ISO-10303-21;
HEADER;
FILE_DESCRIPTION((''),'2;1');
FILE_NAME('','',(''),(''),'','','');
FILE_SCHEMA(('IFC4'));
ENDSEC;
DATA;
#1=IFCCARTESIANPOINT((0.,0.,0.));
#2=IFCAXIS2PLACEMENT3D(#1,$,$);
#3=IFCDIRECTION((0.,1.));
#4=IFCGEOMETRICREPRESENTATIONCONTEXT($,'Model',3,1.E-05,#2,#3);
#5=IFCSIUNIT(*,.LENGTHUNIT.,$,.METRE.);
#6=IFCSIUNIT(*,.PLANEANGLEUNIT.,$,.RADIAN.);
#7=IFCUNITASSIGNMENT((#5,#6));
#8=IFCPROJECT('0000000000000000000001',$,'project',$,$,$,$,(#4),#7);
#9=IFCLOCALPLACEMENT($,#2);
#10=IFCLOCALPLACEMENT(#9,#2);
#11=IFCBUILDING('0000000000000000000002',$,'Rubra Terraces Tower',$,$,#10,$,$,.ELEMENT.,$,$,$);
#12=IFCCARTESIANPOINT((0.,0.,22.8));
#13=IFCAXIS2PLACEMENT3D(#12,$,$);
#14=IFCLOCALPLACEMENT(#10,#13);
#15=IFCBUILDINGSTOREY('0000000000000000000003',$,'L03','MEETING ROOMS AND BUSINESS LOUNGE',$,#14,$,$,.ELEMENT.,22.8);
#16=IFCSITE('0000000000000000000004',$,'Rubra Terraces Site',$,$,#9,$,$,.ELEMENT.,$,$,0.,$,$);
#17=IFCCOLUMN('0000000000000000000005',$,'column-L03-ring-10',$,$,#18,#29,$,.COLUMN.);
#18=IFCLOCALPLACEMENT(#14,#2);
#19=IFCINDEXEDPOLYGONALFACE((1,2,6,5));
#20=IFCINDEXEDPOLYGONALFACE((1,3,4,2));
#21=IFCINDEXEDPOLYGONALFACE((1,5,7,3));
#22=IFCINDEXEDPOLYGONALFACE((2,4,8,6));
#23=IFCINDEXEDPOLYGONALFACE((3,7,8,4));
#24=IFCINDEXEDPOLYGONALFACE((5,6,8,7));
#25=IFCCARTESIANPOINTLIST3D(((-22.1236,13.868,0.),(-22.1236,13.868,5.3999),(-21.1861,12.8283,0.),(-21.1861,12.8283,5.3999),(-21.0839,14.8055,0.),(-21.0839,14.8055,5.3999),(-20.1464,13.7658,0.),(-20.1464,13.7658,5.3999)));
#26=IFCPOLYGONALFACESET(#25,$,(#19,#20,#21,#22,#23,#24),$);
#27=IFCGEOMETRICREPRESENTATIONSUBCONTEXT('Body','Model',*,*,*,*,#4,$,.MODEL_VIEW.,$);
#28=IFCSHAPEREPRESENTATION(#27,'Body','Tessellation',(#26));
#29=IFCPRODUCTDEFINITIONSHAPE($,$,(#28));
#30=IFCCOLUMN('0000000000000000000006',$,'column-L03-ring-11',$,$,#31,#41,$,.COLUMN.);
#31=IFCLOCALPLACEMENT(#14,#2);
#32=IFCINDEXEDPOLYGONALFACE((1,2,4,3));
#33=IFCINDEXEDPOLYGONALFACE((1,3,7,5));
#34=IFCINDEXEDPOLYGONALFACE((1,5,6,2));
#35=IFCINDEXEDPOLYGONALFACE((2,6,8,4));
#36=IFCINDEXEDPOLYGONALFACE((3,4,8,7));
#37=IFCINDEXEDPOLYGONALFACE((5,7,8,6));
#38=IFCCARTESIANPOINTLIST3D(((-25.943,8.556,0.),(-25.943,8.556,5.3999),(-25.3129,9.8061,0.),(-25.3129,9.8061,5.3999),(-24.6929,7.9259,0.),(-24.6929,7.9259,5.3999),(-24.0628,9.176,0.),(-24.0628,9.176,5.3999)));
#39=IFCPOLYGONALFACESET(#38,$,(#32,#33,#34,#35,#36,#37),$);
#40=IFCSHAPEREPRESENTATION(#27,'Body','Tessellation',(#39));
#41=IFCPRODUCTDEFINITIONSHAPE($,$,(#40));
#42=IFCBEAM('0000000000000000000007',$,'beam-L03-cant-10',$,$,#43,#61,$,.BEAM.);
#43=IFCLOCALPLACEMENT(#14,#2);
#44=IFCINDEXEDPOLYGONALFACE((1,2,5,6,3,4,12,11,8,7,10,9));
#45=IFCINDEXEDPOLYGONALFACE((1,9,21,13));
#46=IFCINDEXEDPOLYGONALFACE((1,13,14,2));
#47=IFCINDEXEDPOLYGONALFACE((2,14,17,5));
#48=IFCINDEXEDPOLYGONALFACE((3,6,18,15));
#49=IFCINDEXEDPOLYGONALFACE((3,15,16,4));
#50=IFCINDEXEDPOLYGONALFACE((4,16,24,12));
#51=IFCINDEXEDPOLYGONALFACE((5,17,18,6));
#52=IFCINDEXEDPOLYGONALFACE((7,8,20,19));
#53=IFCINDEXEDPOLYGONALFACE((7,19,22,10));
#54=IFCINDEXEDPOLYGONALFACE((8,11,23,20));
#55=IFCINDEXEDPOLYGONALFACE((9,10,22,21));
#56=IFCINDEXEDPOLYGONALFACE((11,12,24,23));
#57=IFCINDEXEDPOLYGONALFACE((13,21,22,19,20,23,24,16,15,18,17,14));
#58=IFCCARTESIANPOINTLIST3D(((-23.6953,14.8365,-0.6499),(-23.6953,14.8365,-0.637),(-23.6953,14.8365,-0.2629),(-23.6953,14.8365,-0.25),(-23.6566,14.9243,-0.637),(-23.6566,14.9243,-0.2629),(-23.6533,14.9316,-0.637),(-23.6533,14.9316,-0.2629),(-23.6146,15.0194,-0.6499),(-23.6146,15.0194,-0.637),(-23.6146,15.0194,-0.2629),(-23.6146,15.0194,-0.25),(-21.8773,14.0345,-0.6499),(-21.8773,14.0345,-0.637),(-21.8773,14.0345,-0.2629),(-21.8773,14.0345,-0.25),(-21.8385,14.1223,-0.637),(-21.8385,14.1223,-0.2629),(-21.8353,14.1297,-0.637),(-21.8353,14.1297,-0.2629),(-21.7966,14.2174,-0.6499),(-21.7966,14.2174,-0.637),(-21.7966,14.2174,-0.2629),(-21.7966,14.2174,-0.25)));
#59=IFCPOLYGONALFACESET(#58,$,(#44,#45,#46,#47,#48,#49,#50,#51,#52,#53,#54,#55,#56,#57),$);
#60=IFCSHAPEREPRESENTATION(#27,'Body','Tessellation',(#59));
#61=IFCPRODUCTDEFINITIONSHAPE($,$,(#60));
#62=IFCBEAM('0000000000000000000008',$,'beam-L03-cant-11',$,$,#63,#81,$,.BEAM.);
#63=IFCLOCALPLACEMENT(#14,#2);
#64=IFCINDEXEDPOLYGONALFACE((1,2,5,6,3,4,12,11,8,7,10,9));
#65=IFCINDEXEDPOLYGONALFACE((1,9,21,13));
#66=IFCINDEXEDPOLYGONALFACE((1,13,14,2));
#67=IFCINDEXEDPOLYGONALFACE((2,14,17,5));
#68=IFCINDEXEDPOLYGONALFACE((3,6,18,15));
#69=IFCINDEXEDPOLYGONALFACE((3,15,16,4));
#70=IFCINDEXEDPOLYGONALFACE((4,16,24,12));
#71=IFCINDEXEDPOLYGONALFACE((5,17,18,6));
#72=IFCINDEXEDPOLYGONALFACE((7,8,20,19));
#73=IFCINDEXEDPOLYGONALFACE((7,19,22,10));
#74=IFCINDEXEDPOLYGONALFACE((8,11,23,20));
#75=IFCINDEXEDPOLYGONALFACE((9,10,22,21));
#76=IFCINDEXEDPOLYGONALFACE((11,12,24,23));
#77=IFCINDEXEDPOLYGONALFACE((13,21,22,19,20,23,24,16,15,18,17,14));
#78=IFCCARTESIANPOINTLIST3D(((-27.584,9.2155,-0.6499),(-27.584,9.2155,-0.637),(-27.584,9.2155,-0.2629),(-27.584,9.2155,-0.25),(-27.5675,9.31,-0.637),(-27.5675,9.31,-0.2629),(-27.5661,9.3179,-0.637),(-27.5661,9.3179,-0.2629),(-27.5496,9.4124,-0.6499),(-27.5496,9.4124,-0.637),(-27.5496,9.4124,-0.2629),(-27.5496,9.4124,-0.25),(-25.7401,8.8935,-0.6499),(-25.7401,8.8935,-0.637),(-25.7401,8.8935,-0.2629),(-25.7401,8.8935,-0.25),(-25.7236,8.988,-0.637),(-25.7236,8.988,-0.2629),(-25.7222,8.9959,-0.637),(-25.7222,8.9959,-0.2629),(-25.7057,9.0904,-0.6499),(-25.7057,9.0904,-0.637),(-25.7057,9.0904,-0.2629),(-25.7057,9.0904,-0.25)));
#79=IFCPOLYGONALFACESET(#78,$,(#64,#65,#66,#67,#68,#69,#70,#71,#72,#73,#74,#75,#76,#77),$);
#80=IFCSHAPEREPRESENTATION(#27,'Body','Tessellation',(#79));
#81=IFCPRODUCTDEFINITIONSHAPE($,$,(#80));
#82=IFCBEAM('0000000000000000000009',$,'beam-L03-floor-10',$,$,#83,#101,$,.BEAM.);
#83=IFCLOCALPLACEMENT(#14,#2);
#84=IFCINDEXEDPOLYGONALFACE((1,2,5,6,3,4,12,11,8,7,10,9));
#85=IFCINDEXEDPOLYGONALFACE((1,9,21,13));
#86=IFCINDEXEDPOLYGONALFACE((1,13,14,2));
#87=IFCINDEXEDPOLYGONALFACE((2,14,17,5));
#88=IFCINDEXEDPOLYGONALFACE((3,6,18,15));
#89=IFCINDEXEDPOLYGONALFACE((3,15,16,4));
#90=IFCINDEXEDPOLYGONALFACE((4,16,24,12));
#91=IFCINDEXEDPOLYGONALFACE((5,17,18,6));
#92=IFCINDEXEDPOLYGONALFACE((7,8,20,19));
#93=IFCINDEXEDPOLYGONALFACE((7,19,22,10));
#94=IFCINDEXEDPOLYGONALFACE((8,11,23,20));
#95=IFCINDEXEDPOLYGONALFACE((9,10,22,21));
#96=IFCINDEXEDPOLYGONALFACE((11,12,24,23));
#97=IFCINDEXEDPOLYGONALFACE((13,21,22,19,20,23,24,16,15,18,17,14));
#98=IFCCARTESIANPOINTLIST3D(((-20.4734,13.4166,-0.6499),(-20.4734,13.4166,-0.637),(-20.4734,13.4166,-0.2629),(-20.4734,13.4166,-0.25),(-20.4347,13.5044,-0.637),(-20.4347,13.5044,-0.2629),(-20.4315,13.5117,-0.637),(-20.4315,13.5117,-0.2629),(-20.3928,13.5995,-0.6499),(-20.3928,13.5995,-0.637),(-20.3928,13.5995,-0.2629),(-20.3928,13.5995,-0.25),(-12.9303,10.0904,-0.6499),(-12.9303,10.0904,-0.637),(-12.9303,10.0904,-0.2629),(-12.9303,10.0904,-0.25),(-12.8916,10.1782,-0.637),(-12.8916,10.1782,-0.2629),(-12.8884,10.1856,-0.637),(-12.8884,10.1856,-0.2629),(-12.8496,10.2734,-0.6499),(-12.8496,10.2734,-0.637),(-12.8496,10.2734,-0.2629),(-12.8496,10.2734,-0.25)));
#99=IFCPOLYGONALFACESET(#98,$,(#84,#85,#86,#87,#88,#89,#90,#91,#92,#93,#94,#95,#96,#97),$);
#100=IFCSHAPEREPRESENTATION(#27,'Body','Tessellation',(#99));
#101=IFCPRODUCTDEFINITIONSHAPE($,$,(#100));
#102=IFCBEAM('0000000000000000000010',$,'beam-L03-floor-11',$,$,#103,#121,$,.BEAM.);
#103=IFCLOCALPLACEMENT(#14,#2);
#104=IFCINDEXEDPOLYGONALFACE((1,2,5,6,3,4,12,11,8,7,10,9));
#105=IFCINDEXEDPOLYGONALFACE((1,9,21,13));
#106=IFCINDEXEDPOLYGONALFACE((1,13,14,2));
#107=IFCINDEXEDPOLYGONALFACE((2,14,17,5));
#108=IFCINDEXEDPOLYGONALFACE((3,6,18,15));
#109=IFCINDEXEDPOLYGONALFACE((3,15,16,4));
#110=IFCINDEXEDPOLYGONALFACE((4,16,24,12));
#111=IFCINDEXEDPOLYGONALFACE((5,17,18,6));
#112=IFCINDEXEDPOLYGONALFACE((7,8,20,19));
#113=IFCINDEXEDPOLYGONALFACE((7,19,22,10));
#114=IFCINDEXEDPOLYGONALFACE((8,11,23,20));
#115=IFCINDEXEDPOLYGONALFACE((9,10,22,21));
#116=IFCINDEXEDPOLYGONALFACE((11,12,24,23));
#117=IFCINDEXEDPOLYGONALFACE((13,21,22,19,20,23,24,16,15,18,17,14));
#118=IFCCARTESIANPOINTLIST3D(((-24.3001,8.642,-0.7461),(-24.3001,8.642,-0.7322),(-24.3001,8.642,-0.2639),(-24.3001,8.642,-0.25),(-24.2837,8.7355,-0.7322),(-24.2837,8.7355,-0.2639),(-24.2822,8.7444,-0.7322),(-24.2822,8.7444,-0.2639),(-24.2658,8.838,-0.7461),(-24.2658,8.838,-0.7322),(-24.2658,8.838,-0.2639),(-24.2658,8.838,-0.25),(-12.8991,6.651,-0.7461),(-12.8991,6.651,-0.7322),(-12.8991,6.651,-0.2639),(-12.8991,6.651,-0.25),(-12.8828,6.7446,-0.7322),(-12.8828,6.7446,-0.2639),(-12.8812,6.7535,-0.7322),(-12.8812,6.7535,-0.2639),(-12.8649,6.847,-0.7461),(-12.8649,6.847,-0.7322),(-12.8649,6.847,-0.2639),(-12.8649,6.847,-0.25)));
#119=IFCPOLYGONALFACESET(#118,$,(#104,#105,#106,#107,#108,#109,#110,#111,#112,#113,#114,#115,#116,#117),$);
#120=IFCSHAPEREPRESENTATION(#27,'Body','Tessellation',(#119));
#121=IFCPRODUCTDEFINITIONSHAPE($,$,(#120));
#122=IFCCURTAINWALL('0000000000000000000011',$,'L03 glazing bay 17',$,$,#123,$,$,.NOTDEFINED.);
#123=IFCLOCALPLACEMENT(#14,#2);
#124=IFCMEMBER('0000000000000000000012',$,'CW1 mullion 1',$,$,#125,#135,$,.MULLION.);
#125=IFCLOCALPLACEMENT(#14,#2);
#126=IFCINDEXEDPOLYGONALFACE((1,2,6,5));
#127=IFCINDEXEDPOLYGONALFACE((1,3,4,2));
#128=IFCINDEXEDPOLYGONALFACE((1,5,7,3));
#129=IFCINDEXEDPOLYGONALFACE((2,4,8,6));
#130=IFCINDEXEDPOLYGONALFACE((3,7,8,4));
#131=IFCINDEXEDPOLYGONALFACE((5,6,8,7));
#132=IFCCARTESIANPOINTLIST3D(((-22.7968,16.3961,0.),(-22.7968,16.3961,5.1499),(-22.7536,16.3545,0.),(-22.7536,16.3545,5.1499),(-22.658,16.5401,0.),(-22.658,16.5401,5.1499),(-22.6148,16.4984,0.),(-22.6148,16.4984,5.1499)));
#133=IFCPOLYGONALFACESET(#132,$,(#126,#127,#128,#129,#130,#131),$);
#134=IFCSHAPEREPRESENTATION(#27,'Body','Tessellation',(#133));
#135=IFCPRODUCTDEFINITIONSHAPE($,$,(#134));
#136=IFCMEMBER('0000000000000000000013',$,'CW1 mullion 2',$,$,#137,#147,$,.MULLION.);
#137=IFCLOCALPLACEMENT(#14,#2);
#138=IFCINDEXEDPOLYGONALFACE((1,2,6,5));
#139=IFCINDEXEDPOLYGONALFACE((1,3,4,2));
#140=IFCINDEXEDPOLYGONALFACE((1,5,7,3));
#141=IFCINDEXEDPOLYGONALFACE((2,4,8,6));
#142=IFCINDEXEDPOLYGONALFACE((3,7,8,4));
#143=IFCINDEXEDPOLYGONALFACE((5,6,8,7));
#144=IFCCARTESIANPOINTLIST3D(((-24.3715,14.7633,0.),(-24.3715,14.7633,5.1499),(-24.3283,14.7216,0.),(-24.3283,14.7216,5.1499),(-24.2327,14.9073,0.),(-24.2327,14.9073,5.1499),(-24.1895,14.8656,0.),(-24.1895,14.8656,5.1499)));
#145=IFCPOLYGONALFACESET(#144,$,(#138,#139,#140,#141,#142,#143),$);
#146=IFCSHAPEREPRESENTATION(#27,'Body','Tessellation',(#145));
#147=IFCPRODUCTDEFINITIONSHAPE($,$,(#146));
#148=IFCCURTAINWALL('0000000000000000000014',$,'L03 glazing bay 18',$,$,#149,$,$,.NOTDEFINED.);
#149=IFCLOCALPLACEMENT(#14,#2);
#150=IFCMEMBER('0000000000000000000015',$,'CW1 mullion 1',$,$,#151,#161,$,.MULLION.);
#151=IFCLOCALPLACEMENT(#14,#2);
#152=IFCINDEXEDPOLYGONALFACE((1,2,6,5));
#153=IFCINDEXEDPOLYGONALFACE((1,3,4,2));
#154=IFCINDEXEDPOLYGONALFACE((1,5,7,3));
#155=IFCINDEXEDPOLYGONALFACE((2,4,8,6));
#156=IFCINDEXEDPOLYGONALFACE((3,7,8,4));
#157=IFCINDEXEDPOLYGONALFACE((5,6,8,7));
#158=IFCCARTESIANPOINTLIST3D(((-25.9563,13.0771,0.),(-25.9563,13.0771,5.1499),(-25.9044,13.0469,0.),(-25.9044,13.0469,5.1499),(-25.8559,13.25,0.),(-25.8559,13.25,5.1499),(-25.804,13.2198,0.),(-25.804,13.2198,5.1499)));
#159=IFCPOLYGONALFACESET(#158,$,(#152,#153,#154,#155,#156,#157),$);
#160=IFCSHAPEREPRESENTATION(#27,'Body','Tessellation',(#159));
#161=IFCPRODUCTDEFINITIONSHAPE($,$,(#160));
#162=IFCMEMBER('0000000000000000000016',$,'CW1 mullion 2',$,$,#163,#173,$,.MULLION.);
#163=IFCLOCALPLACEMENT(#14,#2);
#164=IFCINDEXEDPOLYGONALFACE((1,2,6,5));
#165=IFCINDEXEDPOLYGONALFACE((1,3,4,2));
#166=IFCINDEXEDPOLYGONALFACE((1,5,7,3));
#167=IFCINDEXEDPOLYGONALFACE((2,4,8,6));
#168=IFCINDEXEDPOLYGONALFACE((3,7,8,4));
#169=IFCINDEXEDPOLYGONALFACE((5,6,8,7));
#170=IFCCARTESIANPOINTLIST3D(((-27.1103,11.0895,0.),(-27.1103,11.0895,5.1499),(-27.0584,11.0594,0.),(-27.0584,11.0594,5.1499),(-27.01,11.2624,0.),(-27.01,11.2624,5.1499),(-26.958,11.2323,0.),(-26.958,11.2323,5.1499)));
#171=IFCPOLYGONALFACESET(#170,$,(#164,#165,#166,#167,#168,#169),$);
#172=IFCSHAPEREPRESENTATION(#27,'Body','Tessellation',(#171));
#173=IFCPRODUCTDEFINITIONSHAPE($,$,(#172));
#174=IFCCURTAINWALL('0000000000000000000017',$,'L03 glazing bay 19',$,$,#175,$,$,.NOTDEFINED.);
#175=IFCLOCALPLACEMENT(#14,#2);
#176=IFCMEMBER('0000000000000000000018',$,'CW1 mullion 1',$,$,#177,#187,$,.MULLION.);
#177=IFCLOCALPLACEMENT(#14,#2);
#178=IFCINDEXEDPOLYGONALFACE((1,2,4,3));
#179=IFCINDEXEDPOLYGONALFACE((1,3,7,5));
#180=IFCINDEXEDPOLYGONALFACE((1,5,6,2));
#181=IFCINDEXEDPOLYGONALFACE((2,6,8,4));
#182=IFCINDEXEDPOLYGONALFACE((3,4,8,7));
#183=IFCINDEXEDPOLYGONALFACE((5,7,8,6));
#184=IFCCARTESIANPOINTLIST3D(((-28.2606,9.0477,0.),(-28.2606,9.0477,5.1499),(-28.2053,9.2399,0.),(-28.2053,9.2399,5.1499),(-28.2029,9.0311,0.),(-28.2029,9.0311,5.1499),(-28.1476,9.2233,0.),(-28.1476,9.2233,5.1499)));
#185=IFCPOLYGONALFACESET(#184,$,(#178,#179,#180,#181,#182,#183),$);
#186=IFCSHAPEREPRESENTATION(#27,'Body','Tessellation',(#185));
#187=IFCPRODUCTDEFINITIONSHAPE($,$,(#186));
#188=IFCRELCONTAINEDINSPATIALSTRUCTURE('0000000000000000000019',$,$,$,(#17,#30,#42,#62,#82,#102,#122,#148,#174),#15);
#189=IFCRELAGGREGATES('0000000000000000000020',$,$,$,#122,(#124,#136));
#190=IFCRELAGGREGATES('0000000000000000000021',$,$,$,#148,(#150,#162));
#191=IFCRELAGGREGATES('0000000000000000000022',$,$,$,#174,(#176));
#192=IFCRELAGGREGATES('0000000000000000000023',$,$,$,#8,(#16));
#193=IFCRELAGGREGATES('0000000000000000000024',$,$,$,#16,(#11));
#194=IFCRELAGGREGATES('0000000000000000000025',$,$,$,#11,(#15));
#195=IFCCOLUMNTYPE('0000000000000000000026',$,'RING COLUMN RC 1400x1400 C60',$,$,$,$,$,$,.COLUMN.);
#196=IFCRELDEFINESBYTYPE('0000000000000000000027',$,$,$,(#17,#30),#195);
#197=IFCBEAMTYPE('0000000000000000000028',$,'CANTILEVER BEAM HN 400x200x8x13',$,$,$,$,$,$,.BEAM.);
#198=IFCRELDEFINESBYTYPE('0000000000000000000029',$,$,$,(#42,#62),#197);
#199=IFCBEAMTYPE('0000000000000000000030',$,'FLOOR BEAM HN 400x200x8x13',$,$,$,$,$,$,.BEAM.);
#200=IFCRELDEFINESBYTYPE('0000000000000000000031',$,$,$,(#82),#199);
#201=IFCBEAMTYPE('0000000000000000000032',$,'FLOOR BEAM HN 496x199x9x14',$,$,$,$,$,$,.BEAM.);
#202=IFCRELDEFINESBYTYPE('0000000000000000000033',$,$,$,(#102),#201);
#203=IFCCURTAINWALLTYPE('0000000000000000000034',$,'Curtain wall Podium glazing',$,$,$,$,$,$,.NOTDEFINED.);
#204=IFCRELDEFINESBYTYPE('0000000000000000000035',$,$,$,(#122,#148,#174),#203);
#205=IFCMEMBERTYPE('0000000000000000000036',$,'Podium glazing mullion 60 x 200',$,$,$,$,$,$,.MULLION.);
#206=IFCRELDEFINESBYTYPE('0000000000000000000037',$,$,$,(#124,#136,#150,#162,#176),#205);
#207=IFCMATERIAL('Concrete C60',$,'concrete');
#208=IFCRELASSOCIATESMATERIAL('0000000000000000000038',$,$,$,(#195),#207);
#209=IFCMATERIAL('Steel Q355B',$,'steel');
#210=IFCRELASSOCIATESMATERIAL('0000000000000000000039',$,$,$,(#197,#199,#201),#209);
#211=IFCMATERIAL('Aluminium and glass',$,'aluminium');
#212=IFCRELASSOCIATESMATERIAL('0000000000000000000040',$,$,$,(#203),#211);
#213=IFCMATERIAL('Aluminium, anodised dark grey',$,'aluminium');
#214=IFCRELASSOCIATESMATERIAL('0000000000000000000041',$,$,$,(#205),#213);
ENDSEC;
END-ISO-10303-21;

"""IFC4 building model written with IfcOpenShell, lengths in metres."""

from ifc_helpers import new_model, si_unit, direction, frame, origin, origin_2d, place, context, subcontext, project, spatial, rectangle, i_section, extrude, material, material_profile, profile_set, type_object, element, aggregate, save


model = new_model("IFC4")

# Units and contexts
model_context = context("Model", 3, precision=1e-05, world=origin(), true_north=direction((0.0, 1.0)))
body_context = subcontext(model_context, "Body", "Model", "MODEL_VIEW")
ifc_project = project(units=[si_unit("LENGTHUNIT", "METRE"), si_unit("PLANEANGLEUNIT", "RADIAN")], contexts=[model_context])

# Site, building, storey
site_placement = place(None, origin())
site = spatial("IfcSite", under=ifc_project, at=site_placement, Name="Rubra Terraces Site", CompositionType="ELEMENT", RefElevation=0.0)
building_placement = place(site_placement, origin())
building = spatial("IfcBuilding", under=site, at=building_placement, Name="Rubra Terraces Tower", CompositionType="ELEMENT")
storey_placement = place(building_placement, frame((0.0, 0.0, 22.8)))
storey = spatial("IfcBuildingStorey", under=building, at=storey_placement, Name="L03", Description="MEETING ROOMS AND BUSINESS LOUNGE", CompositionType="ELEMENT", Elevation=22.8)

# Columns
ifc_material_1 = material(Name="Concrete C60", Category="concrete")
ifc_material_profile_1 = material_profile(ifc_material_1, rectangle(XDim=1.3999, YDim=1.3999, at=origin_2d()), Name="RC 1400x1400")
ifc_profile_set_1 = profile_set([ifc_material_profile_1], Name="Concrete C60")
column_type = type_object("IfcColumnType", Name="RING COLUMN RC 1400x1400 C60", PredefinedType="COLUMN", material=ifc_profile_set_1)
for number, where, z_axis, x_axis, name in (
    (1, (-21.135, 13.8169, 0.0), (0.0, 0.0, 1.0), (-0.742676, -0.669651, 0.0), "column-L03-ring-10"),
    (2, (-25.0029, 8.866, 0.0), (0.0, 0.0, 1.0), (-0.450099, -0.892979, 0.0), "column-L03-ring-11"),
):
    element("IfcColumn", number, at=place(storey_placement, frame(where, z_axis=z_axis, x_axis=x_axis)), inside=storey, type_object=column_type, Name=name, PredefinedType="COLUMN", context=body_context, shape_type="SweptSolid", body=[
        extrude(rectangle(XDim=1.3999, YDim=1.3999, at=origin_2d()), origin(), (0.0, 0.0, 1.0), 5.3999),
    ])

# Beams
ifc_material_2 = material(Name="Steel Q355B", Category="steel")
ifc_material_profile_2 = material_profile(ifc_material_2, i_section(OverallWidth=0.2, OverallDepth=0.3999, WebThickness=0.0081, FlangeThickness=0.0129, at=origin_2d()), Name="HN 400x200x8x13")
ifc_profile_set_2 = profile_set([ifc_material_profile_2], Name="Steel Q355B")
beam_type_1 = type_object("IfcBeamType", Name="CANTILEVER BEAM HN 400x200x8x13", PredefinedType="BEAM", material=ifc_profile_set_2)
beam_1_placement = place(storey_placement, frame((-21.8369, 14.126, -0.45), z_axis=(-0.914938, 0.403595, 0.0), x_axis=(-0.403595, -0.914938, 0.0)))
element("IfcBeam", 3, at=beam_1_placement, inside=storey, type_object=beam_type_1, Name="beam-L03-cant-10", PredefinedType="BEAM", context=body_context, shape_type="SweptSolid", body=[
    extrude(i_section(OverallWidth=0.2, OverallDepth=0.3999, WebThickness=0.0081, FlangeThickness=0.0129, at=origin_2d()), origin(), (0.0, 0.0, 1.0), 1.9871),
])
beam_2_placement = place(storey_placement, frame((-25.7229, 8.9919, -0.45), z_axis=(-0.985092, 0.172029, 0.0), x_axis=(-0.172029, -0.985092, 0.0)))
element("IfcBeam", 4, at=beam_2_placement, inside=storey, type_object=beam_type_1, Name="beam-L03-cant-11", PredefinedType="BEAM", context=body_context, shape_type="SweptSolid", body=[
    extrude(i_section(OverallWidth=0.2, OverallDepth=0.3999, WebThickness=0.0081, FlangeThickness=0.0129, at=origin_2d()), origin(), (0.0, 0.0, 1.0), 1.8718),
])
ifc_material_profile_3 = material_profile(ifc_material_2, i_section(OverallWidth=0.2, OverallDepth=0.3999, WebThickness=0.0081, FlangeThickness=0.0129, at=origin_2d()), Name="HN 400x200x8x13")
ifc_profile_set_3 = profile_set([ifc_material_profile_3], Name="Steel Q355B")
beam_type_2 = type_object("IfcBeamType", Name="FLOOR BEAM HN 400x200x8x13", PredefinedType="BEAM", material=ifc_profile_set_3)
beam_3_placement = place(storey_placement, frame((-20.4331, 13.5081, -0.45), z_axis=(0.914995, -0.403466, 0.0), x_axis=(0.403466, 0.914995, 0.0)))
element("IfcBeam", 5, at=beam_3_placement, inside=storey, type_object=beam_type_2, Name="beam-L03-floor-10", PredefinedType="BEAM", context=body_context, shape_type="SweptSolid", body=[
    extrude(i_section(OverallWidth=0.2, OverallDepth=0.3999, WebThickness=0.0081, FlangeThickness=0.0129, at=origin_2d()), origin(), (0.0, 0.0, 1.0), 8.2439),
])
ifc_material_profile_4 = material_profile(ifc_material_2, i_section(OverallWidth=0.199, OverallDepth=0.4961, WebThickness=0.009, FlangeThickness=0.0139, at=origin_2d()), Name="HN 496x199x9x14")
ifc_profile_set_4 = profile_set([ifc_material_profile_4], Name="Steel Q355B")
beam_type_3 = type_object("IfcBeamType", Name="FLOOR BEAM HN 496x199x9x14", PredefinedType="BEAM", material=ifc_profile_set_4)
beam_4_placement = place(storey_placement, frame((-24.283, 8.74, -0.498), z_axis=(0.985092, -0.172029, 0.0), x_axis=(0.172029, 0.985092, 0.0)))
element("IfcBeam", 6, at=beam_4_placement, inside=storey, type_object=beam_type_3, Name="beam-L03-floor-11", PredefinedType="BEAM", context=body_context, shape_type="SweptSolid", body=[
    extrude(i_section(OverallWidth=0.199, OverallDepth=0.4961, WebThickness=0.009, FlangeThickness=0.0139, at=origin_2d()), origin(), (0.0, 0.0, 1.0), 11.5735),
])

# Curtain walls, members
ifc_material_3 = material(Name="Aluminium and glass", Category="aluminium")
curtain_wall_type = type_object("IfcCurtainWallType", Name="Curtain wall Podium glazing", PredefinedType="NOTDEFINED", material=ifc_material_3)
curtain_wall_1_placement = place(storey_placement, origin())
curtain_wall_1 = element("IfcCurtainWall", 7, at=curtain_wall_1_placement, inside=storey, type_object=curtain_wall_type, Name="L03 glazing bay 17", PredefinedType="NOTDEFINED")
ifc_material_4 = material(Name="Aluminium, anodised dark grey", Category="aluminium")
ifc_material_profile_5 = material_profile(ifc_material_4, rectangle(XDim=0.0601, YDim=0.2, at=origin_2d()), Name="AL 60x200")
ifc_profile_set_5 = profile_set([ifc_material_profile_5], Name="Aluminium, anodised dark grey")
member_type_1 = type_object("IfcMemberType", Name="Podium glazing mullion 60 x 200", PredefinedType="MULLION", material=ifc_profile_set_5)
member_1_placement = place(storey_placement, frame((-22.7058, 16.4473, 0.0), z_axis=(0.0, 0.0, 1.0), x_axis=(0.719825, -0.694156, 0.0)))
member_1 = element("IfcMember", 8, at=member_1_placement, type_object=member_type_1, Name="CW1 mullion 1", PredefinedType="MULLION", context=body_context, shape_type="SweptSolid", body=[
    extrude(rectangle(XDim=0.0601, YDim=0.2, at=origin_2d()), origin(), (0.0, 0.0, 1.0), 5.1499),
])
member_2_placement = place(storey_placement, frame((-24.2805, 14.8145, 0.0), z_axis=(0.0, 0.0, 1.0), x_axis=(0.719825, -0.694156, 0.0)))
member_2 = element("IfcMember", 9, at=member_2_placement, type_object=member_type_1, Name="CW1 mullion 2", PredefinedType="MULLION", context=body_context, shape_type="SweptSolid", body=[
    extrude(rectangle(XDim=0.0601, YDim=0.2, at=origin_2d()), origin(), (0.0, 0.0, 1.0), 5.1499),
])
curtain_wall_2_placement = place(storey_placement, origin())
curtain_wall_2 = element("IfcCurtainWall", 10, at=curtain_wall_2_placement, inside=storey, type_object=curtain_wall_type, Name="L03 glazing bay 18", PredefinedType="NOTDEFINED")
member_3_placement = place(storey_placement, frame((-25.8801, 13.1484, 0.0), z_axis=(0.0, 0.0, 1.0), x_axis=(0.864813, -0.502094, 0.0)))
member_3 = element("IfcMember", 11, at=member_3_placement, type_object=member_type_1, Name="CW1 mullion 1", PredefinedType="MULLION", context=body_context, shape_type="SweptSolid", body=[
    extrude(rectangle(XDim=0.0601, YDim=0.2, at=origin_2d()), origin(), (0.0, 0.0, 1.0), 5.1499),
])
member_4_placement = place(storey_placement, frame((-27.0342, 11.1609, 0.0), z_axis=(0.0, 0.0, 1.0), x_axis=(0.864813, -0.502094, 0.0)))
member_4 = element("IfcMember", 12, at=member_4_placement, type_object=member_type_1, Name="CW1 mullion 2", PredefinedType="MULLION", context=body_context, shape_type="SweptSolid", body=[
    extrude(rectangle(XDim=0.0601, YDim=0.2, at=origin_2d()), origin(), (0.0, 0.0, 1.0), 5.1499),
])

# Curtain wall, member
curtain_wall_3_placement = place(storey_placement, origin())
curtain_wall_3 = element("IfcCurtainWall", 13, at=curtain_wall_3_placement, inside=storey, type_object=curtain_wall_type, Name="L03 glazing bay 19", PredefinedType="NOTDEFINED")
member_5_placement = place(storey_placement, frame((-28.2041, 9.1355, 0.0), z_axis=(0.0, 0.0, 1.0), x_axis=(0.961047, -0.276384, 0.0)))
member_5 = element("IfcMember", 14, at=member_5_placement, type_object=member_type_1, Name="CW1 mullion 1", PredefinedType="MULLION", context=body_context, shape_type="SweptSolid", body=[
    extrude(rectangle(XDim=0.0601, YDim=0.2, at=origin_2d()), origin(), (0.0, 0.0, 1.0), 5.1499),
])

aggregate(curtain_wall_1, [member_1, member_2])
aggregate(curtain_wall_2, [member_3, member_4])
aggregate(curtain_wall_3, [member_5])

save(model, "model.ifc")
